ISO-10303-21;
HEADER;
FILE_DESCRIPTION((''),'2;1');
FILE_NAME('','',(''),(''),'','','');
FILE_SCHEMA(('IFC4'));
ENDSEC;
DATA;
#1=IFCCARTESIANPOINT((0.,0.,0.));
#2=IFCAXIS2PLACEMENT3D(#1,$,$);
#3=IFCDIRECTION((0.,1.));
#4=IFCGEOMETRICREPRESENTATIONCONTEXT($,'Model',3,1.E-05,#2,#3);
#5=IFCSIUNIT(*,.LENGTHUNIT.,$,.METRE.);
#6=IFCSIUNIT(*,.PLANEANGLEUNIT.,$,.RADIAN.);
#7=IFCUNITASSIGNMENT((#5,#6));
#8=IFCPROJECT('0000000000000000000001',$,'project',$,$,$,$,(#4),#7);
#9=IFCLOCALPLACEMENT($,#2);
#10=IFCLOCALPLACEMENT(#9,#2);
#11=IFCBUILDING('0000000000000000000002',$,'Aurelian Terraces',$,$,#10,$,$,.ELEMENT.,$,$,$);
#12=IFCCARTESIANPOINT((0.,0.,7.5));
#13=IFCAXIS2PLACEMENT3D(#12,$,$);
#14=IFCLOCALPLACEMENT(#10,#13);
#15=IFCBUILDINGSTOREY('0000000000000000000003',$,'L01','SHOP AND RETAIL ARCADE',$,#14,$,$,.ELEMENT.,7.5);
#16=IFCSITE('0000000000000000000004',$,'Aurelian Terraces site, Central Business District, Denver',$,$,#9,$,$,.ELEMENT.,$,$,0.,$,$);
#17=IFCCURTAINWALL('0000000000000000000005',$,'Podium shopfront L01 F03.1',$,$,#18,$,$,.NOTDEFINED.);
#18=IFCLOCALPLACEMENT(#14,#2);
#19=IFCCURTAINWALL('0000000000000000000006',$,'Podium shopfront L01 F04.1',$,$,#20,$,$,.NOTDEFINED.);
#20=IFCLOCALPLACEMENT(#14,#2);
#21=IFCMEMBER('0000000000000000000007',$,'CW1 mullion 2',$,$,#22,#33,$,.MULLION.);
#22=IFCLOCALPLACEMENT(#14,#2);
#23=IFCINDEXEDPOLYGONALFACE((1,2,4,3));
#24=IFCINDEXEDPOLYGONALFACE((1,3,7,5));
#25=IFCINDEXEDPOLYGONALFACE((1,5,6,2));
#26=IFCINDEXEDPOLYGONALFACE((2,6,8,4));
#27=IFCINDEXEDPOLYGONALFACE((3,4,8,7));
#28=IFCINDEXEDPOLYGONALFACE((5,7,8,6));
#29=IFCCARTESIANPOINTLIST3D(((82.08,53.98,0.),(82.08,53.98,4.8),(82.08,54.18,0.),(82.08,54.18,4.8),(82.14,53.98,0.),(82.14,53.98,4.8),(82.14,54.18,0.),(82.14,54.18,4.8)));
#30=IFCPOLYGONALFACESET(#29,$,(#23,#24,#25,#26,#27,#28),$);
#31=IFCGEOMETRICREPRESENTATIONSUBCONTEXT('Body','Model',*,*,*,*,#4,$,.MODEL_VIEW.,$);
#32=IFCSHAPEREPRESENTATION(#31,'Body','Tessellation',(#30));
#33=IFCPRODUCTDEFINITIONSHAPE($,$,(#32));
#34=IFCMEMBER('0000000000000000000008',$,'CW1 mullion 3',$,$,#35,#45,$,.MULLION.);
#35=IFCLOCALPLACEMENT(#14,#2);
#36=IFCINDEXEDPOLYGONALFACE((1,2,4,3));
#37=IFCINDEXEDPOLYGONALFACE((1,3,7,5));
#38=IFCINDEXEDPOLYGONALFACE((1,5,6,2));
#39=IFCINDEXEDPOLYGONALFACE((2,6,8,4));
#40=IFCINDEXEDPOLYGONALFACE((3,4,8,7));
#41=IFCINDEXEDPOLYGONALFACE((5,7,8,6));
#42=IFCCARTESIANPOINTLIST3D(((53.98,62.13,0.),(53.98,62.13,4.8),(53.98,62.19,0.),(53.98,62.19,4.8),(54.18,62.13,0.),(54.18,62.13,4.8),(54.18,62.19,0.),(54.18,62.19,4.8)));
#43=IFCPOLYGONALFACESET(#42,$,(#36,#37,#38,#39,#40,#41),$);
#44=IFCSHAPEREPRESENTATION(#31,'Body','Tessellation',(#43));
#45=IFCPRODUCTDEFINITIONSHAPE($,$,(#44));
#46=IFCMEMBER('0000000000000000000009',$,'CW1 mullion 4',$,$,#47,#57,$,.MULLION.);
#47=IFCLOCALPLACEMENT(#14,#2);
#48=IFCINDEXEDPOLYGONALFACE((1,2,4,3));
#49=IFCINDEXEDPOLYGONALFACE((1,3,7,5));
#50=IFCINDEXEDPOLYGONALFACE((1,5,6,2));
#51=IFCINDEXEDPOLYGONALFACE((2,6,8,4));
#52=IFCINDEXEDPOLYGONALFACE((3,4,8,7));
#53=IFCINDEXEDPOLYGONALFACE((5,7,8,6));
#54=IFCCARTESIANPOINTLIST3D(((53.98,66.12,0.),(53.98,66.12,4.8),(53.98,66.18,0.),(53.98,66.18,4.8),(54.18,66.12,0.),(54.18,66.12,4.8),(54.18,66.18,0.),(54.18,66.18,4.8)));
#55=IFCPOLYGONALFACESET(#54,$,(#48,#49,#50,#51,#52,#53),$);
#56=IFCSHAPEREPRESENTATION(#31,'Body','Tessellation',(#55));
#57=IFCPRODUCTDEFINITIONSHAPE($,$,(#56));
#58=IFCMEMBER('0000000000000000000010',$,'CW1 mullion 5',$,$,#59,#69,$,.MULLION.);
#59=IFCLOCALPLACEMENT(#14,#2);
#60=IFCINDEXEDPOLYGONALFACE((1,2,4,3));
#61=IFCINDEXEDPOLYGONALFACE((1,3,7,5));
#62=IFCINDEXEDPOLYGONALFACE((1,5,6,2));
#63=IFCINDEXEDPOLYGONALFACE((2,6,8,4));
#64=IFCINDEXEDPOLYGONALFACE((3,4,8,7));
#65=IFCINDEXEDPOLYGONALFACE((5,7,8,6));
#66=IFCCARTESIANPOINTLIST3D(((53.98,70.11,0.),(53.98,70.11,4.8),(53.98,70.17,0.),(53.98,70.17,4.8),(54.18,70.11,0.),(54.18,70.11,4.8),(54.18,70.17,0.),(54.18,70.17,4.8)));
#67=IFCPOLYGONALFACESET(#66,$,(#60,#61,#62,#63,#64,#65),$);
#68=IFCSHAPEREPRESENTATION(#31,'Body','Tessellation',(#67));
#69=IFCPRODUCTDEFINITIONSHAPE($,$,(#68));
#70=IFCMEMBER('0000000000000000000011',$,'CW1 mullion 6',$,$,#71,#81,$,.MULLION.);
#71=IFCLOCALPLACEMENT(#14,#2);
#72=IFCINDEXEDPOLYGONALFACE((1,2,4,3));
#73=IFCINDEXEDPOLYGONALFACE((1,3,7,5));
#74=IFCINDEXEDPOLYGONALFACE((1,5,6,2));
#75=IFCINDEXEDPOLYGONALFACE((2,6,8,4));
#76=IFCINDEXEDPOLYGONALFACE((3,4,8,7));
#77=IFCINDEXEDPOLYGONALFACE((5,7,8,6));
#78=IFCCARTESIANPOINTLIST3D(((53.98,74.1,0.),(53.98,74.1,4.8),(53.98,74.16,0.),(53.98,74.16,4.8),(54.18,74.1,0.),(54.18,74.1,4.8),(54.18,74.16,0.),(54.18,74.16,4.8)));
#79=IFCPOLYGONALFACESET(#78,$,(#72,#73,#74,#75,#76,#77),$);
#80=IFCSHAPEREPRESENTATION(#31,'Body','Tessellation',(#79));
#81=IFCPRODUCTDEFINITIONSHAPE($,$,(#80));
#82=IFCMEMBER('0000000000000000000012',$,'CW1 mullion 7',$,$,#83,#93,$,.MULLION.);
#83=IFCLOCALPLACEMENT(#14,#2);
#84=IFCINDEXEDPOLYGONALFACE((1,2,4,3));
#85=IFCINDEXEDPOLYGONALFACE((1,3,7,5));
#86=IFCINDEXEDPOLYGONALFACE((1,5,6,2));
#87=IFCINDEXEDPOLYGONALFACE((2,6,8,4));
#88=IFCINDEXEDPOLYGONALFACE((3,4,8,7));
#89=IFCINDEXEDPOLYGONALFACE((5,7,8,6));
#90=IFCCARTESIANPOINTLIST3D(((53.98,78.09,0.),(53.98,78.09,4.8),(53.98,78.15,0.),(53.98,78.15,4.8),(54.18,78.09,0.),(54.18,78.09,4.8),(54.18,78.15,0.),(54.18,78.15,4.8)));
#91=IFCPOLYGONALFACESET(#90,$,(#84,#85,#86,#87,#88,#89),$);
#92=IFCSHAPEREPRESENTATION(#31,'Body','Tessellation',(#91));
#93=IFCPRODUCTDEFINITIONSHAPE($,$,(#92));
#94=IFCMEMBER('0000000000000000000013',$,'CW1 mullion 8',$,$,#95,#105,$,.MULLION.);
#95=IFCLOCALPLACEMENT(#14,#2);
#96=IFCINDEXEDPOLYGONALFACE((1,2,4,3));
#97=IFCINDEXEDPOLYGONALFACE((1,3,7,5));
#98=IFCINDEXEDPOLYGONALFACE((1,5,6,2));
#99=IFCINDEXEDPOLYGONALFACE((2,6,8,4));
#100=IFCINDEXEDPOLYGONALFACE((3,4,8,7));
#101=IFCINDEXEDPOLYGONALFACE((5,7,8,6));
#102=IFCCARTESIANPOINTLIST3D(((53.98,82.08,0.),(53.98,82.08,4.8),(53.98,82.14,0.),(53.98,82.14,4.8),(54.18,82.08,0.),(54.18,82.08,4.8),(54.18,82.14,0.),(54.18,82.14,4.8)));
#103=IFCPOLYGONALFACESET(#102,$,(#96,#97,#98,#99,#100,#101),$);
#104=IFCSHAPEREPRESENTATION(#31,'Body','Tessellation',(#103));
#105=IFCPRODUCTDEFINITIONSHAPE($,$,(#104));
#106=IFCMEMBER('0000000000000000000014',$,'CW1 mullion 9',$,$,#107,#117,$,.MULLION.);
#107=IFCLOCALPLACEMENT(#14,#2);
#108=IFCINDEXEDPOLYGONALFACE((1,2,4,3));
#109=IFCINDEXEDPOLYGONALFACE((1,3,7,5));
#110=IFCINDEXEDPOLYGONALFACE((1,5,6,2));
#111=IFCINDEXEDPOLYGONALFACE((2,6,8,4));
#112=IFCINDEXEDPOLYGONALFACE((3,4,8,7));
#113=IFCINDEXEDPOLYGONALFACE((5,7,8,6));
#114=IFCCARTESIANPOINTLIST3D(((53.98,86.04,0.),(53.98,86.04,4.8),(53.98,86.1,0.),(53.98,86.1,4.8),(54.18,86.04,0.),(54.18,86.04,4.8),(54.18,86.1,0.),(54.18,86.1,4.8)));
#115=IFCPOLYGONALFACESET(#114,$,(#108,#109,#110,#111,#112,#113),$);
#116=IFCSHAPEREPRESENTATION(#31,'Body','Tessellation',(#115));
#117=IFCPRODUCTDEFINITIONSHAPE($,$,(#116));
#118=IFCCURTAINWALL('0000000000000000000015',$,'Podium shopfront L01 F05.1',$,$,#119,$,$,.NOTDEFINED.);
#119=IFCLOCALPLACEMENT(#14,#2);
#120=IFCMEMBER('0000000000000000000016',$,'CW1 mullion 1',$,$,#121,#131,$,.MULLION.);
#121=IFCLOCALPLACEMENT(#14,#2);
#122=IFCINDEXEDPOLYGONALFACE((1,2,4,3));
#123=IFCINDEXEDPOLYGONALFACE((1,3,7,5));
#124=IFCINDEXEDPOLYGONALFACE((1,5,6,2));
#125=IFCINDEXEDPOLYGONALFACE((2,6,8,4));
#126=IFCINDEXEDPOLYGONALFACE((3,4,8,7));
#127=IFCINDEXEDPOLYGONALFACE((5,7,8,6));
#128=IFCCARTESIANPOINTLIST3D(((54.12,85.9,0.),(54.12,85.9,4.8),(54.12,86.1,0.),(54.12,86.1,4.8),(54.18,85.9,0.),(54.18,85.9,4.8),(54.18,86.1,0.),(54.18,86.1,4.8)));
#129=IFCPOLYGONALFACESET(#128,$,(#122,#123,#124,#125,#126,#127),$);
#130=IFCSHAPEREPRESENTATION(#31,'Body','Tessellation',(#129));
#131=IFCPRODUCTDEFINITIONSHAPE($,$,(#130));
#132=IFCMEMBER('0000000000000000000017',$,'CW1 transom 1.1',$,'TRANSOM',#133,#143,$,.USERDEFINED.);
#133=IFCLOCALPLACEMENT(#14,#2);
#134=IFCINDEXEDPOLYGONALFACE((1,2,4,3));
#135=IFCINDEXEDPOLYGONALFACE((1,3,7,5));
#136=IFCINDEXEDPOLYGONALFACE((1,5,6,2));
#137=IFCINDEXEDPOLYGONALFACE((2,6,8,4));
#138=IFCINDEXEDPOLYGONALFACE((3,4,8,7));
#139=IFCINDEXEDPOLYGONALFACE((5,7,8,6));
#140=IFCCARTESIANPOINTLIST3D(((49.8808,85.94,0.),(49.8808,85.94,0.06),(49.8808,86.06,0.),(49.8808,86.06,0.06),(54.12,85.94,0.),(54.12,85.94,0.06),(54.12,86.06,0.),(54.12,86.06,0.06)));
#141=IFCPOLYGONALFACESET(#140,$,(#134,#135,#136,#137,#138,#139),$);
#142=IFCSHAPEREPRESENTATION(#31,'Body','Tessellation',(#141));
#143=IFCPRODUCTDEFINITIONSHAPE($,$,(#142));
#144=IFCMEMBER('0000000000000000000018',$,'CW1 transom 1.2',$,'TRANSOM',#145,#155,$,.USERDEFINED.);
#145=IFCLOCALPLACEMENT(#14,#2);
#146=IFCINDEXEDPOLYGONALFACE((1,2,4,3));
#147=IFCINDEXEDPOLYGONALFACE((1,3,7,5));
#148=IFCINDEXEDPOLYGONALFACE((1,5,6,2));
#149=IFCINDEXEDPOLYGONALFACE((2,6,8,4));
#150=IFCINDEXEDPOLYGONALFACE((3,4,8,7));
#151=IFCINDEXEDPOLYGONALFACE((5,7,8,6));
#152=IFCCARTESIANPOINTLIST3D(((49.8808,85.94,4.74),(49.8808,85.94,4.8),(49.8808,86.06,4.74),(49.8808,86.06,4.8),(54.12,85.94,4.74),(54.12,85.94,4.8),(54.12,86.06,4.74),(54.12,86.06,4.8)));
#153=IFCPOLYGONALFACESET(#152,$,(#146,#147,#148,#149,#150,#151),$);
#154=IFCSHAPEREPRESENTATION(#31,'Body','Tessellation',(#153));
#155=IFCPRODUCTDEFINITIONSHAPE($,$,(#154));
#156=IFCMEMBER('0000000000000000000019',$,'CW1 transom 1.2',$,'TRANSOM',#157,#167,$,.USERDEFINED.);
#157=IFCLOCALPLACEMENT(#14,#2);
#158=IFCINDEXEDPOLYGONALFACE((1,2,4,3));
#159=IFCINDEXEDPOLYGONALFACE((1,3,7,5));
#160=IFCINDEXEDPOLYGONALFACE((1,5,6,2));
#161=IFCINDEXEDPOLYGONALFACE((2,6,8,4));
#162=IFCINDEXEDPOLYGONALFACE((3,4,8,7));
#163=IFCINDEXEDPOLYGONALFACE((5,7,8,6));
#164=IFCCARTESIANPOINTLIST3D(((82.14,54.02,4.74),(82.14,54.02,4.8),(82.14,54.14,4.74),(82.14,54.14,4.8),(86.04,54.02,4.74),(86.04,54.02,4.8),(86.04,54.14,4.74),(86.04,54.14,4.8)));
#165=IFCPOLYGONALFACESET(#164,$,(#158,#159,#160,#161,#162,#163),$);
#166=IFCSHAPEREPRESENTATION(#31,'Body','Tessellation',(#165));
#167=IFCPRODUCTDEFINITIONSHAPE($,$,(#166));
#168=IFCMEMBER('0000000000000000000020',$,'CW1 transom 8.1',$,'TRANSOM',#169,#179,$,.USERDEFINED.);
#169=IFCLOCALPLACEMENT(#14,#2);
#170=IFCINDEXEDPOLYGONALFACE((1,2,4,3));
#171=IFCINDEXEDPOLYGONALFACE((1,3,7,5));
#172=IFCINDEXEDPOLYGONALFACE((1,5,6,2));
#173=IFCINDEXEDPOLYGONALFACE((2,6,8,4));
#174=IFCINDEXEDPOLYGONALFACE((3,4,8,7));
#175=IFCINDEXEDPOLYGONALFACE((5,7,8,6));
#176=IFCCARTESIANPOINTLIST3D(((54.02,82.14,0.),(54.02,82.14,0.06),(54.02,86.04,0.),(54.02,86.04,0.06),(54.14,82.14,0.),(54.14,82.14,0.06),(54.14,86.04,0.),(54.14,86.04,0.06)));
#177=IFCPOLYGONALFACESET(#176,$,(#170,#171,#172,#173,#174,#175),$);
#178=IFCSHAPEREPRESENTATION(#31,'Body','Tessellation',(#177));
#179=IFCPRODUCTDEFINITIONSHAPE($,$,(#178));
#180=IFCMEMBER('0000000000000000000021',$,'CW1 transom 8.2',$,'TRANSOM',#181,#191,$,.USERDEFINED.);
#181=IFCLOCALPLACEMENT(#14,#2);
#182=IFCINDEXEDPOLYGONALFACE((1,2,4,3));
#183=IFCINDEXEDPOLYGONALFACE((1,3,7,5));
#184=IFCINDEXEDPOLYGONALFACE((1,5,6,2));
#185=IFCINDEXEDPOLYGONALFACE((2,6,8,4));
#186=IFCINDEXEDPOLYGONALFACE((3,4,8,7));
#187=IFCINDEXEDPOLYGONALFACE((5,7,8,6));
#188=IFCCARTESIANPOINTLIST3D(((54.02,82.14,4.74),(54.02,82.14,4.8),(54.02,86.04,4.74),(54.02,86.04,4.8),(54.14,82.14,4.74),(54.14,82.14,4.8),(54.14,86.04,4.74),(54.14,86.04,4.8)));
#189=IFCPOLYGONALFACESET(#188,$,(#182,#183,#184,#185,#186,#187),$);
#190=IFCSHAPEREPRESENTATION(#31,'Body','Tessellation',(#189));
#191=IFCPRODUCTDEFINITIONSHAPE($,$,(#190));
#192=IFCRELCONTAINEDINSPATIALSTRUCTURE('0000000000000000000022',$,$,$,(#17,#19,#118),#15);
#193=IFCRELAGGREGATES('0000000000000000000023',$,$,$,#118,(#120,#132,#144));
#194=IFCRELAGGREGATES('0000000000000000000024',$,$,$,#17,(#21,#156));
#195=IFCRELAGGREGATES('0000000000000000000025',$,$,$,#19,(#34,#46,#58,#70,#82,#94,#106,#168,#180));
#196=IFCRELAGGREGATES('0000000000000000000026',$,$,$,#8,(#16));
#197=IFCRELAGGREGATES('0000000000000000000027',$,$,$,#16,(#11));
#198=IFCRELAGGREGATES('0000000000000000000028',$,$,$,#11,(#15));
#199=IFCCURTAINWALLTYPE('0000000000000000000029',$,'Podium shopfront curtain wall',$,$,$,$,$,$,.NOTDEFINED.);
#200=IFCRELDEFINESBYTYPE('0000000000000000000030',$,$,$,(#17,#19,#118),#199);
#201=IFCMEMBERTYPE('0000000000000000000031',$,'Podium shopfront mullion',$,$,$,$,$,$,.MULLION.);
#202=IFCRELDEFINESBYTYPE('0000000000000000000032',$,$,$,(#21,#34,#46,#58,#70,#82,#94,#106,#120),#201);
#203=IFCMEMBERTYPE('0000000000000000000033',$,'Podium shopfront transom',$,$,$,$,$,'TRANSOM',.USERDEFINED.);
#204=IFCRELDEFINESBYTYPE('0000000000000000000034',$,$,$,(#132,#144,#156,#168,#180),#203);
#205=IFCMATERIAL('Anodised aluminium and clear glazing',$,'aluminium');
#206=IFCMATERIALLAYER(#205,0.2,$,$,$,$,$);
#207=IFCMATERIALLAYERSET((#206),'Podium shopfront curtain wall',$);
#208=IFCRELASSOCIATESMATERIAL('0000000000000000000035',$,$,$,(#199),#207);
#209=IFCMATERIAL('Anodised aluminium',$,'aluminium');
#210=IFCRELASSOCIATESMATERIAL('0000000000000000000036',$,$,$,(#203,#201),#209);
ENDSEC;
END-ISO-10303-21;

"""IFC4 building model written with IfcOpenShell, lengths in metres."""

from ifc_helpers import new_model, si_unit, direction, frame, origin, origin_2d, place, context, subcontext, project, spatial, rectangle, extrude, source, transform, mapped, material, layer, layer_set, material_profile, profile_set, type_object, element, aggregate, save


model = new_model("IFC4")

# Units and contexts
model_context = context("Model", 3, precision=1e-05, world=origin(), true_north=direction((0.0, 1.0)))
body_context = subcontext(model_context, "Body", "Model", "MODEL_VIEW")
ifc_project = project(units=[si_unit("LENGTHUNIT", "METRE"), si_unit("PLANEANGLEUNIT", "RADIAN")], contexts=[model_context])

# Site, building, storey
site_placement = place(None, origin())
site = spatial("IfcSite", under=ifc_project, at=site_placement, Name="Aurelian Terraces site, Central Business District, Denver", CompositionType="ELEMENT", RefElevation=0.0)
building_placement = place(site_placement, origin())
building = spatial("IfcBuilding", under=site, at=building_placement, Name="Aurelian Terraces", CompositionType="ELEMENT")
storey_placement = place(building_placement, frame((0.0, 0.0, 7.5)))
storey = spatial("IfcBuildingStorey", under=building, at=storey_placement, Name="L01", Description="SHOP AND RETAIL ARCADE", CompositionType="ELEMENT", Elevation=7.5)

# Curtain walls
ifc_material_1 = material(Name="Anodised aluminium and clear glazing", Category="aluminium")
ifc_layer_1 = layer(ifc_material_1, 0.2)
ifc_layer_set_1 = layer_set([ifc_layer_1], Name="Podium shopfront curtain wall")
curtain_wall_type = type_object("IfcCurtainWallType", Name="Podium shopfront curtain wall", PredefinedType="NOTDEFINED", material=ifc_layer_set_1)
curtain_wall_1_placement = place(storey_placement, origin())
curtain_wall_1 = element("IfcCurtainWall", 1, at=curtain_wall_1_placement, inside=storey, type_object=curtain_wall_type, Name="Podium shopfront L01 F03.1", PredefinedType="NOTDEFINED")
ifc_material_2 = material(Name="Anodised aluminium", Category="aluminium")
ifc_material_profile_1 = material_profile(ifc_material_2, rectangle(XDim=0.12, YDim=0.06, at=origin_2d()))
ifc_profile_set_1 = profile_set([ifc_material_profile_1], Name="Anodised aluminium")
member_type_1 = type_object("IfcMemberType", Name="Podium shopfront transom", ElementType="TRANSOM", PredefinedType="USERDEFINED", material=ifc_profile_set_1)
curtain_wall_2_placement = place(storey_placement, origin())
curtain_wall_2 = element("IfcCurtainWall", 2, at=curtain_wall_2_placement, inside=storey, type_object=curtain_wall_type, Name="Podium shopfront L01 F04.1", PredefinedType="NOTDEFINED")

# Shared definitions
ifc_material_profile_2 = material_profile(ifc_material_2, rectangle(XDim=0.2, YDim=0.06, at=origin_2d()))
ifc_profile_set_2 = profile_set([ifc_material_profile_2], Name="Anodised aluminium")
member_type_2 = type_object("IfcMemberType", Name="Podium shopfront mullion", PredefinedType="MULLION", material=ifc_profile_set_2)
shared_shape_1 = source(origin(), body_context, "Body", "SweptSolid", [
    extrude(rectangle(XDim=0.2, YDim=0.06, at=origin_2d()), origin(), (0.0, 0.0, 1.0), 4.8),
])

# Members
member_1_placement = place(storey_placement, frame((82.11, 54.08, 0.0), z_axis=(0.0, 0.0, 1.0), x_axis=(0.0, -1.0, 0.0)))
member_1 = element("IfcMember", 3, at=member_1_placement, type_object=member_type_2, Name="CW1 mullion 2", PredefinedType="MULLION", context=body_context, shape_type="MappedRepresentation", body=[
    mapped(shared_shape_1, transform((0.0, 0.0, 0.0), scale=1.0)),
])
member_2_placement = place(storey_placement, frame((54.08, 62.16, 0.0), z_axis=(0.0, 0.0, 1.0), x_axis=(-1.0, 0.0, 0.0)))
member_2 = element("IfcMember", 4, at=member_2_placement, type_object=member_type_2, Name="CW1 mullion 3", PredefinedType="MULLION", context=body_context, shape_type="MappedRepresentation", body=[
    mapped(shared_shape_1, transform((0.0, 0.0, 0.0), scale=1.0)),
])
member_3_placement = place(storey_placement, frame((54.08, 66.15, 0.0), z_axis=(0.0, 0.0, 1.0), x_axis=(-1.0, 0.0, 0.0)))
member_3 = element("IfcMember", 5, at=member_3_placement, type_object=member_type_2, Name="CW1 mullion 4", PredefinedType="MULLION", context=body_context, shape_type="MappedRepresentation", body=[
    mapped(shared_shape_1, transform((0.0, 0.0, 0.0), scale=1.0)),
])
member_4_placement = place(storey_placement, frame((54.08, 70.14, 0.0), z_axis=(0.0, 0.0, 1.0), x_axis=(-1.0, 0.0, 0.0)))
member_4 = element("IfcMember", 6, at=member_4_placement, type_object=member_type_2, Name="CW1 mullion 5", PredefinedType="MULLION", context=body_context, shape_type="MappedRepresentation", body=[
    mapped(shared_shape_1, transform((0.0, 0.0, 0.0), scale=1.0)),
])
member_5_placement = place(storey_placement, frame((54.08, 74.13, 0.0), z_axis=(0.0, 0.0, 1.0), x_axis=(-1.0, 0.0, 0.0)))
member_5 = element("IfcMember", 7, at=member_5_placement, type_object=member_type_2, Name="CW1 mullion 6", PredefinedType="MULLION", context=body_context, shape_type="MappedRepresentation", body=[
    mapped(shared_shape_1, transform((0.0, 0.0, 0.0), scale=1.0)),
])
member_6_placement = place(storey_placement, frame((54.08, 78.12, 0.0), z_axis=(0.0, 0.0, 1.0), x_axis=(-1.0, 0.0, 0.0)))
member_6 = element("IfcMember", 8, at=member_6_placement, type_object=member_type_2, Name="CW1 mullion 7", PredefinedType="MULLION", context=body_context, shape_type="MappedRepresentation", body=[
    mapped(shared_shape_1, transform((0.0, 0.0, 0.0), scale=1.0)),
])
member_7_placement = place(storey_placement, frame((54.08, 82.11, 0.0), z_axis=(0.0, 0.0, 1.0), x_axis=(-1.0, 0.0, 0.0)))
member_7 = element("IfcMember", 9, at=member_7_placement, type_object=member_type_2, Name="CW1 mullion 8", PredefinedType="MULLION", context=body_context, shape_type="MappedRepresentation", body=[
    mapped(shared_shape_1, transform((0.0, 0.0, 0.0), scale=1.0)),
])
member_8_placement = place(storey_placement, frame((54.08, 86.07, 0.0), z_axis=(0.0, 0.0, 1.0), x_axis=(-1.0, 0.0, 0.0)))
member_8 = element("IfcMember", 10, at=member_8_placement, type_object=member_type_2, Name="CW1 mullion 9", PredefinedType="MULLION", context=body_context, shape_type="MappedRepresentation", body=[
    mapped(shared_shape_1, transform((0.0, 0.0, 0.0), scale=1.0)),
])

# Curtain wall, members
curtain_wall_3_placement = place(storey_placement, origin())
curtain_wall_3 = element("IfcCurtainWall", 11, at=curtain_wall_3_placement, inside=storey, type_object=curtain_wall_type, Name="Podium shopfront L01 F05.1", PredefinedType="NOTDEFINED")
member_9_placement = place(storey_placement, frame((54.15, 86.0, 0.0), z_axis=(0.0, 0.0, 1.0), x_axis=(0.0, -1.0, 0.0)))
member_9 = element("IfcMember", 12, at=member_9_placement, type_object=member_type_2, Name="CW1 mullion 1", PredefinedType="MULLION", context=body_context, shape_type="MappedRepresentation", body=[
    mapped(shared_shape_1, transform((0.0, 0.0, 0.0), scale=1.0)),
])
shared_shape_2 = source(origin(), body_context, "Body", "SweptSolid", [
    extrude(rectangle(XDim=0.12, YDim=0.06, at=origin_2d()), origin(), (0.0, 0.0, 1.0), 4.2392),
])
member_10_placement = place(storey_placement, frame((54.12, 86.0, 0.03), z_axis=(-1.0, 0.0, 0.0), x_axis=(0.0, -1.0, 0.0)))
member_10 = element("IfcMember", 13, at=member_10_placement, type_object=member_type_1, Name="CW1 transom 1.1", ObjectType="TRANSOM", PredefinedType="USERDEFINED", context=body_context, shape_type="MappedRepresentation", body=[
    mapped(shared_shape_2, transform((0.0, 0.0, 0.0), scale=1.0)),
])
member_11_placement = place(storey_placement, frame((54.12, 86.0, 4.77), z_axis=(-1.0, 0.0, 0.0), x_axis=(0.0, -1.0, 0.0)))
member_11 = element("IfcMember", 14, at=member_11_placement, type_object=member_type_1, Name="CW1 transom 1.2", ObjectType="TRANSOM", PredefinedType="USERDEFINED", context=body_context, shape_type="MappedRepresentation", body=[
    mapped(shared_shape_2, transform((0.0, 0.0, 0.0), scale=1.0)),
])
aggregate(curtain_wall_3, [member_9, member_10, member_11])

# Members
shared_shape_3 = source(origin(), body_context, "Body", "SweptSolid", [
    extrude(rectangle(XDim=0.12, YDim=0.06, at=origin_2d()), origin(), (0.0, 0.0, 1.0), 3.9),
])
member_12_placement = place(storey_placement, frame((86.04, 54.08, 4.77), z_axis=(-1.0, 0.0, 0.0), x_axis=(0.0, -1.0, 0.0)))
member_12 = element("IfcMember", 15, at=member_12_placement, type_object=member_type_1, Name="CW1 transom 1.2", ObjectType="TRANSOM", PredefinedType="USERDEFINED", context=body_context, shape_type="MappedRepresentation", body=[
    mapped(shared_shape_3, transform((0.0, 0.0, 0.0), scale=1.0)),
])
member_13_placement = place(storey_placement, frame((54.08, 82.14, 0.03), z_axis=(0.0, 1.0, 0.0), x_axis=(-1.0, 0.0, 0.0)))
member_13 = element("IfcMember", 16, at=member_13_placement, type_object=member_type_1, Name="CW1 transom 8.1", ObjectType="TRANSOM", PredefinedType="USERDEFINED", context=body_context, shape_type="MappedRepresentation", body=[
    mapped(shared_shape_3, transform((0.0, 0.0, 0.0), scale=1.0)),
])
member_14_placement = place(storey_placement, frame((54.08, 82.14, 4.77), z_axis=(0.0, 1.0, 0.0), x_axis=(-1.0, 0.0, 0.0)))
member_14 = element("IfcMember", 17, at=member_14_placement, type_object=member_type_1, Name="CW1 transom 8.2", ObjectType="TRANSOM", PredefinedType="USERDEFINED", context=body_context, shape_type="MappedRepresentation", body=[
    mapped(shared_shape_3, transform((0.0, 0.0, 0.0), scale=1.0)),
])

aggregate(curtain_wall_1, [member_1, member_12])
aggregate(curtain_wall_2, [member_2, member_3, member_4, member_5, member_6, member_7, member_8, member_13, member_14])

save(model, "model.ifc")
